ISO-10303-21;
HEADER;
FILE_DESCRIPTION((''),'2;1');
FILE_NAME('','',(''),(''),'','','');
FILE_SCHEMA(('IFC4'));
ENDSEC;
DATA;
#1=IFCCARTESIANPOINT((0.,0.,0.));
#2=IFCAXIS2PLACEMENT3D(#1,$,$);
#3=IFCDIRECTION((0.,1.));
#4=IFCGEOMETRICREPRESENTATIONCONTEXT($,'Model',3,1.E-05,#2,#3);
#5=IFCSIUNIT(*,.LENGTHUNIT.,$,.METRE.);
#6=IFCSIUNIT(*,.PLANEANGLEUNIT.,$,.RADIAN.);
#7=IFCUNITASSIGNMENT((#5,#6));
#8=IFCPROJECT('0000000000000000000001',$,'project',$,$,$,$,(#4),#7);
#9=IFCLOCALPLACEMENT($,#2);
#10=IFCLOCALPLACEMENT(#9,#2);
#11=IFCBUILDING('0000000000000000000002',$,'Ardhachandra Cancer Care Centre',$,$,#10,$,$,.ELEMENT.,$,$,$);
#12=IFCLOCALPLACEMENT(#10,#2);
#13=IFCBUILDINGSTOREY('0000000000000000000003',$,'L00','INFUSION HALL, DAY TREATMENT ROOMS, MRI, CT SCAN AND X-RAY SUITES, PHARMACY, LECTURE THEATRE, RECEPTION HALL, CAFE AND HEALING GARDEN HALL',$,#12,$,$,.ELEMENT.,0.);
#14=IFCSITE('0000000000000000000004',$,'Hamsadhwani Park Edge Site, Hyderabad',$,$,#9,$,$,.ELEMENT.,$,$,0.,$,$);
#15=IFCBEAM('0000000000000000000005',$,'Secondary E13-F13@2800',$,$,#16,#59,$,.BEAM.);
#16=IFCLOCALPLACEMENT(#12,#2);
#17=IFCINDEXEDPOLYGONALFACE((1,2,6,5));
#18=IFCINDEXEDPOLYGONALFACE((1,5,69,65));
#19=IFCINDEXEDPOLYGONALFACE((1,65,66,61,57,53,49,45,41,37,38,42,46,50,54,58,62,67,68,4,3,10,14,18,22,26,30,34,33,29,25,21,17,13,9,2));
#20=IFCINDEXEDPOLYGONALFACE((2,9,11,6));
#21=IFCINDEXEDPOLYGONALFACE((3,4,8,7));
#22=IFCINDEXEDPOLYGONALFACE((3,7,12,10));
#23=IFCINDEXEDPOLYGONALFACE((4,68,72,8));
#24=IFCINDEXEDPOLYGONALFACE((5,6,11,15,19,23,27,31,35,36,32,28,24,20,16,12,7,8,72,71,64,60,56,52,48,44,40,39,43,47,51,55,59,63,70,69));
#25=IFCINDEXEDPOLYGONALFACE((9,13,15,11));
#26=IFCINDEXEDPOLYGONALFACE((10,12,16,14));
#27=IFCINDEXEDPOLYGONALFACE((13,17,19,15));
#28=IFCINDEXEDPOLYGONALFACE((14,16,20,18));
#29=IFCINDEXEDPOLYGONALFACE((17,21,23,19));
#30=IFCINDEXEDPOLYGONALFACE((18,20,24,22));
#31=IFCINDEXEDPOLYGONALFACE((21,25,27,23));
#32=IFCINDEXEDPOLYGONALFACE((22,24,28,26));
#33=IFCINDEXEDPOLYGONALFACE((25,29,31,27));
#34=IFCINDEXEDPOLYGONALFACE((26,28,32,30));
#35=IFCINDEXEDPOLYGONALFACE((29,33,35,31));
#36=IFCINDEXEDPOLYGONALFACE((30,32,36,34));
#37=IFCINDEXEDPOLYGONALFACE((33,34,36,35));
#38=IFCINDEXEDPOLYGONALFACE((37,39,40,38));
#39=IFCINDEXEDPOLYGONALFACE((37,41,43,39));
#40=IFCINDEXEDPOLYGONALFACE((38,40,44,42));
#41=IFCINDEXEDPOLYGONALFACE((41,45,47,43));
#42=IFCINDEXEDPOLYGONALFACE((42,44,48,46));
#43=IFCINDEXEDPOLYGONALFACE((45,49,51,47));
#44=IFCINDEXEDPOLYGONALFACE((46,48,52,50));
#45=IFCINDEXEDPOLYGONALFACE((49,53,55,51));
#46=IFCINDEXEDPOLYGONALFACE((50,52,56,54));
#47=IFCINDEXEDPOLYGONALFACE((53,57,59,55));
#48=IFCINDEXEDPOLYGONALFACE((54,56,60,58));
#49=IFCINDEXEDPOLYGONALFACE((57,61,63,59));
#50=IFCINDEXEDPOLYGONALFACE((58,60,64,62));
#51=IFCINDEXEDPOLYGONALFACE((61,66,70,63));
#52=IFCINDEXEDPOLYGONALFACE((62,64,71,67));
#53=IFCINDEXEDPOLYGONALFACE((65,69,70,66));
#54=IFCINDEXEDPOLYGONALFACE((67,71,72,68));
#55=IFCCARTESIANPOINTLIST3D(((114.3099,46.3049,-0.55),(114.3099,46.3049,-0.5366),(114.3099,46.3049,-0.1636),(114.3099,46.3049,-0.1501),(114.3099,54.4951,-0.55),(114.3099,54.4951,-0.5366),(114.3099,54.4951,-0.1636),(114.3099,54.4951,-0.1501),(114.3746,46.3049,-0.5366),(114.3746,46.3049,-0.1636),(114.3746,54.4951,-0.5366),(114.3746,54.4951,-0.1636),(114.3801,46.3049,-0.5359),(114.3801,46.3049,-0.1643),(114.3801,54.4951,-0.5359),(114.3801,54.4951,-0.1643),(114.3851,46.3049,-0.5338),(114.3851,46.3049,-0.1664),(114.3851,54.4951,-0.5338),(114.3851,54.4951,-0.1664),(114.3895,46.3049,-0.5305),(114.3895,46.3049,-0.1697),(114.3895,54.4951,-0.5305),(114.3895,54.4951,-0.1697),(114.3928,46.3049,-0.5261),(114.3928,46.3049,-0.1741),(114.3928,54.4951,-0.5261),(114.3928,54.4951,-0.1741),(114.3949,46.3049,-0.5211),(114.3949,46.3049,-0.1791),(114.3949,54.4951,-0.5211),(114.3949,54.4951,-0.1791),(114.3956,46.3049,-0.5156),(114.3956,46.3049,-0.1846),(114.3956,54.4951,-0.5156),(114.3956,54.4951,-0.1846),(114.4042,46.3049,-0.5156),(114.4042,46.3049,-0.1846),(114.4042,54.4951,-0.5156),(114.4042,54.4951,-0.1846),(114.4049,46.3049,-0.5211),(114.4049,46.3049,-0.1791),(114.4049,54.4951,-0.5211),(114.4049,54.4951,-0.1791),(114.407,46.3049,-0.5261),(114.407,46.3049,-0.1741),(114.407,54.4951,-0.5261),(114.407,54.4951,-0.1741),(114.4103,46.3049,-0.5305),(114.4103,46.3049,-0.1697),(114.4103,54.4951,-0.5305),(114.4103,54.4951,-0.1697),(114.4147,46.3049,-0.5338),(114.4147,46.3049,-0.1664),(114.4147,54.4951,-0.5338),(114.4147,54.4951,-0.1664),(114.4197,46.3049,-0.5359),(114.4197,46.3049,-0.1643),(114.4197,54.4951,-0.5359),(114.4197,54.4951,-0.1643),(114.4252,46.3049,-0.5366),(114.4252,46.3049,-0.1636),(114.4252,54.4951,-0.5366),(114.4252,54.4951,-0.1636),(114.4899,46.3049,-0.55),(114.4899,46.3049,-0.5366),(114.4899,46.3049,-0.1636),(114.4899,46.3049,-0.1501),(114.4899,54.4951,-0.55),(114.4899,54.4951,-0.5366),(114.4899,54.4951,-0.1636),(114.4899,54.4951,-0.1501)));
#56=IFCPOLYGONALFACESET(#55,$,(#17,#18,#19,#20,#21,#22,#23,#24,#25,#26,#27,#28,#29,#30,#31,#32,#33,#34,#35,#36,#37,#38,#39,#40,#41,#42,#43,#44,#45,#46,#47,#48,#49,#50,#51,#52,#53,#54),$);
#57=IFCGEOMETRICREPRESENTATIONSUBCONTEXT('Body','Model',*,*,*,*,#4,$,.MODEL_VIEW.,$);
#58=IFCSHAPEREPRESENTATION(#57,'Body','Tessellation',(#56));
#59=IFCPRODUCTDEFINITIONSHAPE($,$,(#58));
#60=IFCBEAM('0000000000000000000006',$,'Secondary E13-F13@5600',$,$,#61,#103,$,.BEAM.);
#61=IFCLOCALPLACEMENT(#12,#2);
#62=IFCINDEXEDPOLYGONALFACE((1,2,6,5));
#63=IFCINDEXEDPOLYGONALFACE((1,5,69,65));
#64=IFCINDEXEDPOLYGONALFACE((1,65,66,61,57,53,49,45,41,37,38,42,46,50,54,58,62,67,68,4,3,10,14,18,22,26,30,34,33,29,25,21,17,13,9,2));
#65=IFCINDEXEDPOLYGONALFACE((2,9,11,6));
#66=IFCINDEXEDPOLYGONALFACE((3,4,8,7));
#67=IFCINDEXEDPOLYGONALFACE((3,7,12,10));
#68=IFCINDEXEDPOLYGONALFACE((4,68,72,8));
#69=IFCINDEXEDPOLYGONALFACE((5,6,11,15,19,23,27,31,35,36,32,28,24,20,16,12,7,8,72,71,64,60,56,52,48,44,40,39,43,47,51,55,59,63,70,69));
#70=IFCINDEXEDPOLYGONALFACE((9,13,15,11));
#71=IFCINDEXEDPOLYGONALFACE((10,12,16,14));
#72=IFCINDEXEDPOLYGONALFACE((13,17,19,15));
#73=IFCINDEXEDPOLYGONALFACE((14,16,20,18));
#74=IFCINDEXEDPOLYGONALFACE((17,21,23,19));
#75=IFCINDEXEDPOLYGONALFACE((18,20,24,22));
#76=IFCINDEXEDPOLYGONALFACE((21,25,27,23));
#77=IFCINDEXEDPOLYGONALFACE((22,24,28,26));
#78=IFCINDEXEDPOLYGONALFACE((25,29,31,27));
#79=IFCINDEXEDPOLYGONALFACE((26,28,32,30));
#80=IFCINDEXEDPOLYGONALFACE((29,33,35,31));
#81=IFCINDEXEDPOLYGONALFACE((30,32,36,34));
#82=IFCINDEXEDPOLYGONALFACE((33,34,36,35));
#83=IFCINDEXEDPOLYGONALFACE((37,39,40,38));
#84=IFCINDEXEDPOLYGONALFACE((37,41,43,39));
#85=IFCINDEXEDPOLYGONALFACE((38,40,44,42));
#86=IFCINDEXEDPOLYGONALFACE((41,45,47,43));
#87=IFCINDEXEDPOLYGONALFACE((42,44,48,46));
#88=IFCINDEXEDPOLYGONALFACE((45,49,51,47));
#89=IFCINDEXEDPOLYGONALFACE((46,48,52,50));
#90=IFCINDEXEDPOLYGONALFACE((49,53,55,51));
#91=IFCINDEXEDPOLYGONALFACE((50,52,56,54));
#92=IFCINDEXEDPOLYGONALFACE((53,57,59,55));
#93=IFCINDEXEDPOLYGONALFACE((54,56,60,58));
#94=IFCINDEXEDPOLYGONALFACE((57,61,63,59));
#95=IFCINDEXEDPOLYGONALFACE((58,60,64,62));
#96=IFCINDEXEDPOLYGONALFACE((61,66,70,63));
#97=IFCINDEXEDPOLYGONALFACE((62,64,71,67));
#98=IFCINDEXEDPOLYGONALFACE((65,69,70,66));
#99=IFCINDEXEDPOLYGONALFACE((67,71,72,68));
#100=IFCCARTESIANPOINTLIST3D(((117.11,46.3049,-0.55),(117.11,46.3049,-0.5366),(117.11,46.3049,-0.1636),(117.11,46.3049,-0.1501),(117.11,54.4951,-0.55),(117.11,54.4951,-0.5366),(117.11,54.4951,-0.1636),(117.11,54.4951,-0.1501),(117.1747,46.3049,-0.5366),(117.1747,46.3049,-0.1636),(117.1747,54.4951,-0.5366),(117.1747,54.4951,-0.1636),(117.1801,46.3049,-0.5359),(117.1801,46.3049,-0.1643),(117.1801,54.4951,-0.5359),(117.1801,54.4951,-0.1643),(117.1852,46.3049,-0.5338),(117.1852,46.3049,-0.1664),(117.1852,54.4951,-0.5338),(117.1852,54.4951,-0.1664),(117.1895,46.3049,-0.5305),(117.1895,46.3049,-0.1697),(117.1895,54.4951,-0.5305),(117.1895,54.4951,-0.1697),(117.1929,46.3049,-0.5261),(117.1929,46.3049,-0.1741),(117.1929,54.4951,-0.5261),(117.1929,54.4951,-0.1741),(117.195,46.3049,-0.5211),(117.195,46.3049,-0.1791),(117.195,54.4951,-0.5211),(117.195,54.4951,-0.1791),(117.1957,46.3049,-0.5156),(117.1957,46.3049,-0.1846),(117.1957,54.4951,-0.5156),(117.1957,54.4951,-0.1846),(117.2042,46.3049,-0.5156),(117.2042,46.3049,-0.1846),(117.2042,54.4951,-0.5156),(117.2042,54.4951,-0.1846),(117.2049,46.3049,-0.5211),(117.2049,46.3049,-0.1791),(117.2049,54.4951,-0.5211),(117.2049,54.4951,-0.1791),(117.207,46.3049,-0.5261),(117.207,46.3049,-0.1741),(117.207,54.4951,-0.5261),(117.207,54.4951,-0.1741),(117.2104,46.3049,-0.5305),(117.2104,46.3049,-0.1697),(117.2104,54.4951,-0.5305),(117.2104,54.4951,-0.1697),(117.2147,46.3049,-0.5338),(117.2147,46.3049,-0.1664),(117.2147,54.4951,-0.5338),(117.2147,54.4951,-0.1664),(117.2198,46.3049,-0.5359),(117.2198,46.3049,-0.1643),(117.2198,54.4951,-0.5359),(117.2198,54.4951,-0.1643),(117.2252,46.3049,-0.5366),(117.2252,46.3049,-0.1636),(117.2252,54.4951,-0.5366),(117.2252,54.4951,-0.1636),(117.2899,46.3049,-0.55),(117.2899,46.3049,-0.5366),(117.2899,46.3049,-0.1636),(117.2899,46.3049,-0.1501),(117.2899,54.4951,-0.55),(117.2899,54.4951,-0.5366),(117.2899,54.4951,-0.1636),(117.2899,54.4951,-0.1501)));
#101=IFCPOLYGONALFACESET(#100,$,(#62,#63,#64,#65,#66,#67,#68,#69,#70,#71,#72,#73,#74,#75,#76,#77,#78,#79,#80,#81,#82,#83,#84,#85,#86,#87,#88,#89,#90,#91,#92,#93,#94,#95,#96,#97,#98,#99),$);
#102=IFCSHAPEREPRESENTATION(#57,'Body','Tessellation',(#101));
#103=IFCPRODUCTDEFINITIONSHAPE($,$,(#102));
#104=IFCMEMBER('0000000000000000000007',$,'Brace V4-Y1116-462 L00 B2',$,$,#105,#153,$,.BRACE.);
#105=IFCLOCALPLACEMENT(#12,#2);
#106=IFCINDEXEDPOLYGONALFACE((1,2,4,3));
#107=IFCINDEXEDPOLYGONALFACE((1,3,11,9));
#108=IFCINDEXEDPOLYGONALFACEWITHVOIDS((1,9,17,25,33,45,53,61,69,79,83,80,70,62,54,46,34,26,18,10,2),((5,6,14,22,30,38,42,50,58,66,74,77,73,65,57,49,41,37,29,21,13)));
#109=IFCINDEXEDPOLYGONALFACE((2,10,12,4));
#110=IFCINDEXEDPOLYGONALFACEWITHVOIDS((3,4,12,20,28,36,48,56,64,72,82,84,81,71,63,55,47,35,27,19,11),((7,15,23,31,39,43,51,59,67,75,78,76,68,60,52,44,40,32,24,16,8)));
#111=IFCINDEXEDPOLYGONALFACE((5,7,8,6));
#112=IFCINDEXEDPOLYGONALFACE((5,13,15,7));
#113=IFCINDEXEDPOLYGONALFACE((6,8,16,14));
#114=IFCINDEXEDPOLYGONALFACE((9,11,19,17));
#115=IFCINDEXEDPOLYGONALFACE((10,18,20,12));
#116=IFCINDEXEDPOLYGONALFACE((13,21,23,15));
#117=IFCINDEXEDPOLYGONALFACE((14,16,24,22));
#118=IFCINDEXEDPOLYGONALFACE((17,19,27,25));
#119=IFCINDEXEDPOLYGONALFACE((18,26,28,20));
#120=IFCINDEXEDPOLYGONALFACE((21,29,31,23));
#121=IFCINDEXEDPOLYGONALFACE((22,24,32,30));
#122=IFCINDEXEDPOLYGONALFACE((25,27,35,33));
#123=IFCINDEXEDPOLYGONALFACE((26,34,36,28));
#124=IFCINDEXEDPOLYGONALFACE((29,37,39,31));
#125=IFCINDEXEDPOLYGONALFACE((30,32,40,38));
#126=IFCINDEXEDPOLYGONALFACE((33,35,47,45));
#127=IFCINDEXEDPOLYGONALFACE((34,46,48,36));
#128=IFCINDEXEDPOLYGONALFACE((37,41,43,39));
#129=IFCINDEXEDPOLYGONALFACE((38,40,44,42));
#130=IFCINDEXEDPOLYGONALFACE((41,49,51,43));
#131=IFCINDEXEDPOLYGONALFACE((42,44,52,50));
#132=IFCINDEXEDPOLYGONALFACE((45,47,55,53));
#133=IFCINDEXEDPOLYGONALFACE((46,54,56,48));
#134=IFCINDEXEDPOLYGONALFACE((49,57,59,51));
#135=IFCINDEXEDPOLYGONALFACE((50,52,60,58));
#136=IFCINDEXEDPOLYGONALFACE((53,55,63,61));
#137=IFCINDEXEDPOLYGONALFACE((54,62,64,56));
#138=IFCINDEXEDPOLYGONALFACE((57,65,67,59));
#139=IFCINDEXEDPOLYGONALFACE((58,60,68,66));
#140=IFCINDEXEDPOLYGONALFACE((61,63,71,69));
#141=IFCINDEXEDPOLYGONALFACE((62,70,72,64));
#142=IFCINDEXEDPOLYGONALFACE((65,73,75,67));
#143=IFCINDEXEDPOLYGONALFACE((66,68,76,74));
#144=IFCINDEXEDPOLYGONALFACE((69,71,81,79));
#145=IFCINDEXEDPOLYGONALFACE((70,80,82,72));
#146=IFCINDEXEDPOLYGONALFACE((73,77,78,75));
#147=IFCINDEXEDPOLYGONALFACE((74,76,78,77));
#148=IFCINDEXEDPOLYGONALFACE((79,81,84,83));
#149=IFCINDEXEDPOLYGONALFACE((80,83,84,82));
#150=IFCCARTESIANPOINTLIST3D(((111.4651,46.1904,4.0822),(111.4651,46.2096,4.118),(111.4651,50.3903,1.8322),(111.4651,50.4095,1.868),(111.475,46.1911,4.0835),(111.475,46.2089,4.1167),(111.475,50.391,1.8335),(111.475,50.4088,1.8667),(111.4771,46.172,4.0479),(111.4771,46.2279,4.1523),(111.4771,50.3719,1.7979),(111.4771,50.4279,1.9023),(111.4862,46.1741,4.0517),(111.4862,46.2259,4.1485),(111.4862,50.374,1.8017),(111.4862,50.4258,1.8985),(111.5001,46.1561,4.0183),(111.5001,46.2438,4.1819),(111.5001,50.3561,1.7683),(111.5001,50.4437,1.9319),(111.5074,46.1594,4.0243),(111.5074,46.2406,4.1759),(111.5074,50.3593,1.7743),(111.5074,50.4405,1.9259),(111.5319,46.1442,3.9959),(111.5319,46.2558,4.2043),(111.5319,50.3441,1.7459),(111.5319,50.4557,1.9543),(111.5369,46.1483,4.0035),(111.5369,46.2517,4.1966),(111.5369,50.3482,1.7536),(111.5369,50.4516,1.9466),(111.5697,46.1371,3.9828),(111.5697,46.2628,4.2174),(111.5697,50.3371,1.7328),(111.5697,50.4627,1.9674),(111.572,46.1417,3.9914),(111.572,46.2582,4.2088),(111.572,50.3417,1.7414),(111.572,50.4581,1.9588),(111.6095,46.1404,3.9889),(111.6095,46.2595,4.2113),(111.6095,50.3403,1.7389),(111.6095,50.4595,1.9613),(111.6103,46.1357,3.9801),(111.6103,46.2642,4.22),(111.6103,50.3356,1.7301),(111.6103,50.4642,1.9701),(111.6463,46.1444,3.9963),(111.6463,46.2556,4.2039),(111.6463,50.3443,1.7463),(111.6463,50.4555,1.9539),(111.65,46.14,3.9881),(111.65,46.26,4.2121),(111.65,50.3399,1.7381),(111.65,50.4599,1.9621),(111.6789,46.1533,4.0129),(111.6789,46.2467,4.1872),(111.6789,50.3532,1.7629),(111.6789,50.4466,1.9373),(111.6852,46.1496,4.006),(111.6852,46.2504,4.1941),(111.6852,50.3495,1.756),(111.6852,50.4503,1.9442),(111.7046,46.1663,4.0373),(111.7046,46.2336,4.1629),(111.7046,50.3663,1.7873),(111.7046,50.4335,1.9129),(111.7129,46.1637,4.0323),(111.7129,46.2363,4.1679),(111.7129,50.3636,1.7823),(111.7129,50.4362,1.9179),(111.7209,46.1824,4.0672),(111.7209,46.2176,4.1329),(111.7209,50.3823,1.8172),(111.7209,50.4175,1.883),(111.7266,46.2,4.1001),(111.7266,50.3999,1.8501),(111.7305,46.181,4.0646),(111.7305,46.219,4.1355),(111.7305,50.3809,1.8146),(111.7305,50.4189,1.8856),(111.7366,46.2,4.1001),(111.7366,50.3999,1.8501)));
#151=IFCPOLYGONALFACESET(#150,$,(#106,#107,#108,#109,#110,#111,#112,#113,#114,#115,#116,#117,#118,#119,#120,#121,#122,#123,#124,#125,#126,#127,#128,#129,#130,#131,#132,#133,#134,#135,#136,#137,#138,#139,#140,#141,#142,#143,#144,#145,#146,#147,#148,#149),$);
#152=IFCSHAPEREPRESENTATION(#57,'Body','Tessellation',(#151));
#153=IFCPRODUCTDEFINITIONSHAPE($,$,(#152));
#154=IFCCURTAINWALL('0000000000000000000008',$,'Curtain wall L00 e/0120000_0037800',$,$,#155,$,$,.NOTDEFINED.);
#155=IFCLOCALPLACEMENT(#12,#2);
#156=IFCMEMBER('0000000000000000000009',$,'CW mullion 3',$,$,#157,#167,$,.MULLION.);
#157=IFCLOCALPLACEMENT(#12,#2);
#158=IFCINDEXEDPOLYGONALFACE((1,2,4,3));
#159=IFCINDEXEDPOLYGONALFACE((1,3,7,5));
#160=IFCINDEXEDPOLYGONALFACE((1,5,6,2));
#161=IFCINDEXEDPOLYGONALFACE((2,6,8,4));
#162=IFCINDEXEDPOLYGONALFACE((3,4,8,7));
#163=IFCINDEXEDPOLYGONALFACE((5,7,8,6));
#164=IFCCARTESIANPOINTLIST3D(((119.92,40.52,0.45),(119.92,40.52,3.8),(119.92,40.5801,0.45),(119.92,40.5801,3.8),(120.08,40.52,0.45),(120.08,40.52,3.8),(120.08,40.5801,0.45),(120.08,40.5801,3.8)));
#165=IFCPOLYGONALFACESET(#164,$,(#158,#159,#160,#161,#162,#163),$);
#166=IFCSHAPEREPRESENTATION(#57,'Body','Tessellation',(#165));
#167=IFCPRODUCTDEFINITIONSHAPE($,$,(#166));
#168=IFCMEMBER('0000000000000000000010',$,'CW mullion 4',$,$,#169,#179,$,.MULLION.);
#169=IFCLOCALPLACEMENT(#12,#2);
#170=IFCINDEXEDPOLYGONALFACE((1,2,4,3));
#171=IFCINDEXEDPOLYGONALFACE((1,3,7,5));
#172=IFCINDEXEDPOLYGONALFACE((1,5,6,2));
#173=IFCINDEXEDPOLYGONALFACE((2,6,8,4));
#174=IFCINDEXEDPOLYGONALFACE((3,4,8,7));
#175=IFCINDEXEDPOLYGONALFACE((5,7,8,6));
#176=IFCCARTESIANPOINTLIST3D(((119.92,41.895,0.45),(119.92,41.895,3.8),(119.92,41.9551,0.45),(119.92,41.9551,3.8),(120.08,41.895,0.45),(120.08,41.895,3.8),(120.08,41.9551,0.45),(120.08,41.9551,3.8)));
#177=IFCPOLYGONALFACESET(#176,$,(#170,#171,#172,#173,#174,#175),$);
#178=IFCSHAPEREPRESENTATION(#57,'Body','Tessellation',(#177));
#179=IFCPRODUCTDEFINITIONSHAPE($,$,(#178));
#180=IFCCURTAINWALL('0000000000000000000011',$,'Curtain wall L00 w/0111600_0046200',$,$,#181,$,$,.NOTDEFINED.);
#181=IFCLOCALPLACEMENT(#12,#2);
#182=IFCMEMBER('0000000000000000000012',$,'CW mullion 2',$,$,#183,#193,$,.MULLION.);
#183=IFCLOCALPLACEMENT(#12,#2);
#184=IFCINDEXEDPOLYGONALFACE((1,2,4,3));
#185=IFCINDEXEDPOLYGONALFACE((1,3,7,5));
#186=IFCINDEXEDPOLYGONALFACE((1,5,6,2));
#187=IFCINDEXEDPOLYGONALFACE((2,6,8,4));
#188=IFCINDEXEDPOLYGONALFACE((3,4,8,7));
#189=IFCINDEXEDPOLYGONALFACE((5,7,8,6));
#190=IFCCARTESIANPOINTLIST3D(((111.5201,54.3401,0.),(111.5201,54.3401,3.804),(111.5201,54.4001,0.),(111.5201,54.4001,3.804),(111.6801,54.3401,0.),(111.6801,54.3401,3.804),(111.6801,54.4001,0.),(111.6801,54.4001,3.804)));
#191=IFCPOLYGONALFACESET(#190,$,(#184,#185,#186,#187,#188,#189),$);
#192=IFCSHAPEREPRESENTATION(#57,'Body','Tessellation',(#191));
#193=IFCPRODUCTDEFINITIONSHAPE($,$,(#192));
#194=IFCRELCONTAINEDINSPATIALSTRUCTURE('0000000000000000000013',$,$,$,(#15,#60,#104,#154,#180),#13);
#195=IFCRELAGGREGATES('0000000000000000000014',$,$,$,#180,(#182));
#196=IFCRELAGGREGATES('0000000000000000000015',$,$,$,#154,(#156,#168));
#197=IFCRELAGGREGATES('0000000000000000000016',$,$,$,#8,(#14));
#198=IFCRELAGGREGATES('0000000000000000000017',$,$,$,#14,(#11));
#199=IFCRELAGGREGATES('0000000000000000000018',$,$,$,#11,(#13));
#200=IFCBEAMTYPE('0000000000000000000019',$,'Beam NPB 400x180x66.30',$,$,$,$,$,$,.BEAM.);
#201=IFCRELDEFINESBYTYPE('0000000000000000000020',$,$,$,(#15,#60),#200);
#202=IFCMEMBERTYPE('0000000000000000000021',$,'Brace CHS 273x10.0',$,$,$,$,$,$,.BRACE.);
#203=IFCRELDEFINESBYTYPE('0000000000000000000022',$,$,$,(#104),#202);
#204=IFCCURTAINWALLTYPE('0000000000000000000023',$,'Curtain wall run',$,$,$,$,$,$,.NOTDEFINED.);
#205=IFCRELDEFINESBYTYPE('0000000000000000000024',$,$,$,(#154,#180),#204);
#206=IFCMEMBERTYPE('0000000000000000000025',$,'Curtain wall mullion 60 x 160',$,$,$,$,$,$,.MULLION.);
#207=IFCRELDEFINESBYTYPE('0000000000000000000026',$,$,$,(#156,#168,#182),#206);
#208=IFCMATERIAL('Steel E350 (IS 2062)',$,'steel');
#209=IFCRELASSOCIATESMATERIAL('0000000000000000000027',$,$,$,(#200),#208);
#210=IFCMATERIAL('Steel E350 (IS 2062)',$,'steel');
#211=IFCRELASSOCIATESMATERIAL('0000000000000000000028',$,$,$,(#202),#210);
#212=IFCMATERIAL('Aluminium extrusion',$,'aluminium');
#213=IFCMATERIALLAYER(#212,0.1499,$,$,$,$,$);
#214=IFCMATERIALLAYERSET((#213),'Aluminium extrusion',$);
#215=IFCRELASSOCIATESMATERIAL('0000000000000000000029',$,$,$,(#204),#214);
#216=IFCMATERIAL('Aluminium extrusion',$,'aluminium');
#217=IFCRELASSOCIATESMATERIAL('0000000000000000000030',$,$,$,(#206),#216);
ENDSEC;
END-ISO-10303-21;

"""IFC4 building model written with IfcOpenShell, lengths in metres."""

from ifc_helpers import new_model, si_unit, direction, frame, origin, origin_2d, place, context, subcontext, project, spatial, rectangle, hollow_circle, i_section, extrude, material, layer, layer_set, material_profile, profile_set, type_object, element, aggregate, save


model = new_model("IFC4")

# Units and contexts
model_context = context("Model", 3, precision=1e-05, world=origin(), true_north=direction((0.0, 1.0)))
body_context = subcontext(model_context, "Body", "Model", "MODEL_VIEW")
ifc_project = project(units=[si_unit("LENGTHUNIT", "METRE"), si_unit("PLANEANGLEUNIT", "RADIAN")], contexts=[model_context])

# Site, building, storey
site_placement = place(None, origin())
site = spatial("IfcSite", under=ifc_project, at=site_placement, Name="Hamsadhwani Park Edge Site, Hyderabad", CompositionType="ELEMENT", RefElevation=0.0)
building_placement = place(site_placement, origin())
building = spatial("IfcBuilding", under=site, at=building_placement, Name="Ardhachandra Cancer Care Centre", CompositionType="ELEMENT")
storey_placement = place(building_placement, origin())
storey = spatial("IfcBuildingStorey", under=building, at=storey_placement, Name="L00", Description="INFUSION HALL, DAY TREATMENT ROOMS, MRI, CT SCAN AND X-RAY SUITES, PHARMACY, LECTURE THEATRE, RECEPTION HALL, CAFE AND HEALING GARDEN HALL", CompositionType="ELEMENT", Elevation=0.0)

# Beams
ifc_material_1 = material(Name="Steel E350 (IS 2062)", Category="steel")
ifc_material_profile_1 = material_profile(ifc_material_1, i_section(OverallWidth=0.1799, OverallDepth=0.3999, WebThickness=0.0085, FlangeThickness=0.0134, FilletRadius=0.021, at=origin_2d()), Name="NPB 400x180x66.30")
ifc_profile_set_1 = profile_set([ifc_material_profile_1], Name="Steel E350 (IS 2062)")
beam_type = type_object("IfcBeamType", Name="Beam NPB 400x180x66.30", PredefinedType="BEAM", material=ifc_profile_set_1)
for number, where, z_axis, x_axis, name in (
    (1, (114.3999, 46.3049, -0.3501), (0.0, 1.0, 0.0), (-1.0, 0.0, 0.0), "Secondary E13-F13@2800"),
    (2, (117.2, 46.3049, -0.3501), (0.0, 1.0, 0.0), (-1.0, 0.0, 0.0), "Secondary E13-F13@5600"),
):
    element("IfcBeam", number, at=place(storey_placement, frame(where, z_axis=z_axis, x_axis=x_axis)), inside=storey, type_object=beam_type, Name=name, PredefinedType="BEAM", context=body_context, shape_type="SweptSolid", body=[
        extrude(i_section(OverallWidth=0.1799, OverallDepth=0.3999, WebThickness=0.0085, FlangeThickness=0.0134, FilletRadius=0.021, at=origin_2d()), origin(), (0.0, 0.0, 1.0), 8.1902),
    ])

# Member
ifc_material_2 = material(Name="Steel E350 (IS 2062)", Category="steel")
ifc_material_profile_2 = material_profile(ifc_material_2, hollow_circle(Radius=0.1365, WallThickness=0.01, at=origin_2d()), Name="CHS 273x10.0")
ifc_profile_set_2 = profile_set([ifc_material_profile_2], Name="Steel E350 (IS 2062)")
member_type_1 = type_object("IfcMemberType", Name="Brace CHS 273x10.0", PredefinedType="BRACE", material=ifc_profile_set_2)
member_1_placement = place(storey_placement, frame((111.6001, 50.3999, 1.8501), z_axis=(0.0, -0.881478, 0.472226), x_axis=(1.0, 0.0, 0.0)))
element("IfcMember", 3, at=member_1_placement, inside=storey, type_object=member_type_1, Name="Brace V4-Y1116-462 L00 B2", PredefinedType="BRACE", context=body_context, shape_type="SweptSolid", body=[
    extrude(hollow_circle(Radius=0.1365, WallThickness=0.01, at=origin_2d()), origin(), (0.0, 0.0, 1.0), 4.7646),
])

# Curtain wall, members
ifc_material_3 = material(Name="Aluminium extrusion", Category="aluminium")
ifc_layer_1 = layer(ifc_material_3, 0.1499)
ifc_layer_set_1 = layer_set([ifc_layer_1], Name="Aluminium extrusion")
curtain_wall_type = type_object("IfcCurtainWallType", Name="Curtain wall run", PredefinedType="NOTDEFINED", material=ifc_layer_set_1)
curtain_wall_1_placement = place(storey_placement, origin())
curtain_wall_1 = element("IfcCurtainWall", 4, at=curtain_wall_1_placement, inside=storey, type_object=curtain_wall_type, Name="Curtain wall L00 e/0120000_0037800", PredefinedType="NOTDEFINED")
ifc_material_4 = material(Name="Aluminium extrusion", Category="aluminium")
ifc_material_profile_3 = material_profile(ifc_material_4, rectangle(XDim=0.1599, YDim=0.0601, at=origin_2d()), Name="Curtain wall mullion 60 x 160")
ifc_profile_set_3 = profile_set([ifc_material_profile_3], Name="Aluminium extrusion")
member_type_2 = type_object("IfcMemberType", Name="Curtain wall mullion 60 x 160", PredefinedType="MULLION", material=ifc_profile_set_3)
member_2_placement = place(storey_placement, frame((120.0, 40.55, 0.45), z_axis=(0.0, 0.0, 1.0), x_axis=(-1.0, 0.0, 0.0)))
member_2 = element("IfcMember", 5, at=member_2_placement, type_object=member_type_2, Name="CW mullion 3", PredefinedType="MULLION", context=body_context, shape_type="SweptSolid", body=[
    extrude(rectangle(XDim=0.1599, YDim=0.0601, at=origin_2d()), origin(), (0.0, 0.0, 1.0), 3.3501),
])
member_3_placement = place(storey_placement, frame((120.0, 41.925, 0.45), z_axis=(0.0, 0.0, 1.0), x_axis=(-1.0, 0.0, 0.0)))
member_3 = element("IfcMember", 6, at=member_3_placement, type_object=member_type_2, Name="CW mullion 4", PredefinedType="MULLION", context=body_context, shape_type="SweptSolid", body=[
    extrude(rectangle(XDim=0.1599, YDim=0.0601, at=origin_2d()), origin(), (0.0, 0.0, 1.0), 3.3501),
])

# Curtain wall, member
curtain_wall_2_placement = place(storey_placement, origin())
curtain_wall_2 = element("IfcCurtainWall", 7, at=curtain_wall_2_placement, inside=storey, type_object=curtain_wall_type, Name="Curtain wall L00 w/0111600_0046200", PredefinedType="NOTDEFINED")
member_4_placement = place(storey_placement, frame((111.6001, 54.3701, 0.0), z_axis=(0.0, 0.0, 1.0), x_axis=(-1.0, 0.0, 0.0)))
member_4 = element("IfcMember", 8, at=member_4_placement, type_object=member_type_2, Name="CW mullion 2", PredefinedType="MULLION", context=body_context, shape_type="SweptSolid", body=[
    extrude(rectangle(XDim=0.1599, YDim=0.0601, at=origin_2d()), origin(), (0.0, 0.0, 1.0), 3.804),
])

aggregate(curtain_wall_2, [member_4])
aggregate(curtain_wall_1, [member_2, member_3])

save(model, "model.ifc")
